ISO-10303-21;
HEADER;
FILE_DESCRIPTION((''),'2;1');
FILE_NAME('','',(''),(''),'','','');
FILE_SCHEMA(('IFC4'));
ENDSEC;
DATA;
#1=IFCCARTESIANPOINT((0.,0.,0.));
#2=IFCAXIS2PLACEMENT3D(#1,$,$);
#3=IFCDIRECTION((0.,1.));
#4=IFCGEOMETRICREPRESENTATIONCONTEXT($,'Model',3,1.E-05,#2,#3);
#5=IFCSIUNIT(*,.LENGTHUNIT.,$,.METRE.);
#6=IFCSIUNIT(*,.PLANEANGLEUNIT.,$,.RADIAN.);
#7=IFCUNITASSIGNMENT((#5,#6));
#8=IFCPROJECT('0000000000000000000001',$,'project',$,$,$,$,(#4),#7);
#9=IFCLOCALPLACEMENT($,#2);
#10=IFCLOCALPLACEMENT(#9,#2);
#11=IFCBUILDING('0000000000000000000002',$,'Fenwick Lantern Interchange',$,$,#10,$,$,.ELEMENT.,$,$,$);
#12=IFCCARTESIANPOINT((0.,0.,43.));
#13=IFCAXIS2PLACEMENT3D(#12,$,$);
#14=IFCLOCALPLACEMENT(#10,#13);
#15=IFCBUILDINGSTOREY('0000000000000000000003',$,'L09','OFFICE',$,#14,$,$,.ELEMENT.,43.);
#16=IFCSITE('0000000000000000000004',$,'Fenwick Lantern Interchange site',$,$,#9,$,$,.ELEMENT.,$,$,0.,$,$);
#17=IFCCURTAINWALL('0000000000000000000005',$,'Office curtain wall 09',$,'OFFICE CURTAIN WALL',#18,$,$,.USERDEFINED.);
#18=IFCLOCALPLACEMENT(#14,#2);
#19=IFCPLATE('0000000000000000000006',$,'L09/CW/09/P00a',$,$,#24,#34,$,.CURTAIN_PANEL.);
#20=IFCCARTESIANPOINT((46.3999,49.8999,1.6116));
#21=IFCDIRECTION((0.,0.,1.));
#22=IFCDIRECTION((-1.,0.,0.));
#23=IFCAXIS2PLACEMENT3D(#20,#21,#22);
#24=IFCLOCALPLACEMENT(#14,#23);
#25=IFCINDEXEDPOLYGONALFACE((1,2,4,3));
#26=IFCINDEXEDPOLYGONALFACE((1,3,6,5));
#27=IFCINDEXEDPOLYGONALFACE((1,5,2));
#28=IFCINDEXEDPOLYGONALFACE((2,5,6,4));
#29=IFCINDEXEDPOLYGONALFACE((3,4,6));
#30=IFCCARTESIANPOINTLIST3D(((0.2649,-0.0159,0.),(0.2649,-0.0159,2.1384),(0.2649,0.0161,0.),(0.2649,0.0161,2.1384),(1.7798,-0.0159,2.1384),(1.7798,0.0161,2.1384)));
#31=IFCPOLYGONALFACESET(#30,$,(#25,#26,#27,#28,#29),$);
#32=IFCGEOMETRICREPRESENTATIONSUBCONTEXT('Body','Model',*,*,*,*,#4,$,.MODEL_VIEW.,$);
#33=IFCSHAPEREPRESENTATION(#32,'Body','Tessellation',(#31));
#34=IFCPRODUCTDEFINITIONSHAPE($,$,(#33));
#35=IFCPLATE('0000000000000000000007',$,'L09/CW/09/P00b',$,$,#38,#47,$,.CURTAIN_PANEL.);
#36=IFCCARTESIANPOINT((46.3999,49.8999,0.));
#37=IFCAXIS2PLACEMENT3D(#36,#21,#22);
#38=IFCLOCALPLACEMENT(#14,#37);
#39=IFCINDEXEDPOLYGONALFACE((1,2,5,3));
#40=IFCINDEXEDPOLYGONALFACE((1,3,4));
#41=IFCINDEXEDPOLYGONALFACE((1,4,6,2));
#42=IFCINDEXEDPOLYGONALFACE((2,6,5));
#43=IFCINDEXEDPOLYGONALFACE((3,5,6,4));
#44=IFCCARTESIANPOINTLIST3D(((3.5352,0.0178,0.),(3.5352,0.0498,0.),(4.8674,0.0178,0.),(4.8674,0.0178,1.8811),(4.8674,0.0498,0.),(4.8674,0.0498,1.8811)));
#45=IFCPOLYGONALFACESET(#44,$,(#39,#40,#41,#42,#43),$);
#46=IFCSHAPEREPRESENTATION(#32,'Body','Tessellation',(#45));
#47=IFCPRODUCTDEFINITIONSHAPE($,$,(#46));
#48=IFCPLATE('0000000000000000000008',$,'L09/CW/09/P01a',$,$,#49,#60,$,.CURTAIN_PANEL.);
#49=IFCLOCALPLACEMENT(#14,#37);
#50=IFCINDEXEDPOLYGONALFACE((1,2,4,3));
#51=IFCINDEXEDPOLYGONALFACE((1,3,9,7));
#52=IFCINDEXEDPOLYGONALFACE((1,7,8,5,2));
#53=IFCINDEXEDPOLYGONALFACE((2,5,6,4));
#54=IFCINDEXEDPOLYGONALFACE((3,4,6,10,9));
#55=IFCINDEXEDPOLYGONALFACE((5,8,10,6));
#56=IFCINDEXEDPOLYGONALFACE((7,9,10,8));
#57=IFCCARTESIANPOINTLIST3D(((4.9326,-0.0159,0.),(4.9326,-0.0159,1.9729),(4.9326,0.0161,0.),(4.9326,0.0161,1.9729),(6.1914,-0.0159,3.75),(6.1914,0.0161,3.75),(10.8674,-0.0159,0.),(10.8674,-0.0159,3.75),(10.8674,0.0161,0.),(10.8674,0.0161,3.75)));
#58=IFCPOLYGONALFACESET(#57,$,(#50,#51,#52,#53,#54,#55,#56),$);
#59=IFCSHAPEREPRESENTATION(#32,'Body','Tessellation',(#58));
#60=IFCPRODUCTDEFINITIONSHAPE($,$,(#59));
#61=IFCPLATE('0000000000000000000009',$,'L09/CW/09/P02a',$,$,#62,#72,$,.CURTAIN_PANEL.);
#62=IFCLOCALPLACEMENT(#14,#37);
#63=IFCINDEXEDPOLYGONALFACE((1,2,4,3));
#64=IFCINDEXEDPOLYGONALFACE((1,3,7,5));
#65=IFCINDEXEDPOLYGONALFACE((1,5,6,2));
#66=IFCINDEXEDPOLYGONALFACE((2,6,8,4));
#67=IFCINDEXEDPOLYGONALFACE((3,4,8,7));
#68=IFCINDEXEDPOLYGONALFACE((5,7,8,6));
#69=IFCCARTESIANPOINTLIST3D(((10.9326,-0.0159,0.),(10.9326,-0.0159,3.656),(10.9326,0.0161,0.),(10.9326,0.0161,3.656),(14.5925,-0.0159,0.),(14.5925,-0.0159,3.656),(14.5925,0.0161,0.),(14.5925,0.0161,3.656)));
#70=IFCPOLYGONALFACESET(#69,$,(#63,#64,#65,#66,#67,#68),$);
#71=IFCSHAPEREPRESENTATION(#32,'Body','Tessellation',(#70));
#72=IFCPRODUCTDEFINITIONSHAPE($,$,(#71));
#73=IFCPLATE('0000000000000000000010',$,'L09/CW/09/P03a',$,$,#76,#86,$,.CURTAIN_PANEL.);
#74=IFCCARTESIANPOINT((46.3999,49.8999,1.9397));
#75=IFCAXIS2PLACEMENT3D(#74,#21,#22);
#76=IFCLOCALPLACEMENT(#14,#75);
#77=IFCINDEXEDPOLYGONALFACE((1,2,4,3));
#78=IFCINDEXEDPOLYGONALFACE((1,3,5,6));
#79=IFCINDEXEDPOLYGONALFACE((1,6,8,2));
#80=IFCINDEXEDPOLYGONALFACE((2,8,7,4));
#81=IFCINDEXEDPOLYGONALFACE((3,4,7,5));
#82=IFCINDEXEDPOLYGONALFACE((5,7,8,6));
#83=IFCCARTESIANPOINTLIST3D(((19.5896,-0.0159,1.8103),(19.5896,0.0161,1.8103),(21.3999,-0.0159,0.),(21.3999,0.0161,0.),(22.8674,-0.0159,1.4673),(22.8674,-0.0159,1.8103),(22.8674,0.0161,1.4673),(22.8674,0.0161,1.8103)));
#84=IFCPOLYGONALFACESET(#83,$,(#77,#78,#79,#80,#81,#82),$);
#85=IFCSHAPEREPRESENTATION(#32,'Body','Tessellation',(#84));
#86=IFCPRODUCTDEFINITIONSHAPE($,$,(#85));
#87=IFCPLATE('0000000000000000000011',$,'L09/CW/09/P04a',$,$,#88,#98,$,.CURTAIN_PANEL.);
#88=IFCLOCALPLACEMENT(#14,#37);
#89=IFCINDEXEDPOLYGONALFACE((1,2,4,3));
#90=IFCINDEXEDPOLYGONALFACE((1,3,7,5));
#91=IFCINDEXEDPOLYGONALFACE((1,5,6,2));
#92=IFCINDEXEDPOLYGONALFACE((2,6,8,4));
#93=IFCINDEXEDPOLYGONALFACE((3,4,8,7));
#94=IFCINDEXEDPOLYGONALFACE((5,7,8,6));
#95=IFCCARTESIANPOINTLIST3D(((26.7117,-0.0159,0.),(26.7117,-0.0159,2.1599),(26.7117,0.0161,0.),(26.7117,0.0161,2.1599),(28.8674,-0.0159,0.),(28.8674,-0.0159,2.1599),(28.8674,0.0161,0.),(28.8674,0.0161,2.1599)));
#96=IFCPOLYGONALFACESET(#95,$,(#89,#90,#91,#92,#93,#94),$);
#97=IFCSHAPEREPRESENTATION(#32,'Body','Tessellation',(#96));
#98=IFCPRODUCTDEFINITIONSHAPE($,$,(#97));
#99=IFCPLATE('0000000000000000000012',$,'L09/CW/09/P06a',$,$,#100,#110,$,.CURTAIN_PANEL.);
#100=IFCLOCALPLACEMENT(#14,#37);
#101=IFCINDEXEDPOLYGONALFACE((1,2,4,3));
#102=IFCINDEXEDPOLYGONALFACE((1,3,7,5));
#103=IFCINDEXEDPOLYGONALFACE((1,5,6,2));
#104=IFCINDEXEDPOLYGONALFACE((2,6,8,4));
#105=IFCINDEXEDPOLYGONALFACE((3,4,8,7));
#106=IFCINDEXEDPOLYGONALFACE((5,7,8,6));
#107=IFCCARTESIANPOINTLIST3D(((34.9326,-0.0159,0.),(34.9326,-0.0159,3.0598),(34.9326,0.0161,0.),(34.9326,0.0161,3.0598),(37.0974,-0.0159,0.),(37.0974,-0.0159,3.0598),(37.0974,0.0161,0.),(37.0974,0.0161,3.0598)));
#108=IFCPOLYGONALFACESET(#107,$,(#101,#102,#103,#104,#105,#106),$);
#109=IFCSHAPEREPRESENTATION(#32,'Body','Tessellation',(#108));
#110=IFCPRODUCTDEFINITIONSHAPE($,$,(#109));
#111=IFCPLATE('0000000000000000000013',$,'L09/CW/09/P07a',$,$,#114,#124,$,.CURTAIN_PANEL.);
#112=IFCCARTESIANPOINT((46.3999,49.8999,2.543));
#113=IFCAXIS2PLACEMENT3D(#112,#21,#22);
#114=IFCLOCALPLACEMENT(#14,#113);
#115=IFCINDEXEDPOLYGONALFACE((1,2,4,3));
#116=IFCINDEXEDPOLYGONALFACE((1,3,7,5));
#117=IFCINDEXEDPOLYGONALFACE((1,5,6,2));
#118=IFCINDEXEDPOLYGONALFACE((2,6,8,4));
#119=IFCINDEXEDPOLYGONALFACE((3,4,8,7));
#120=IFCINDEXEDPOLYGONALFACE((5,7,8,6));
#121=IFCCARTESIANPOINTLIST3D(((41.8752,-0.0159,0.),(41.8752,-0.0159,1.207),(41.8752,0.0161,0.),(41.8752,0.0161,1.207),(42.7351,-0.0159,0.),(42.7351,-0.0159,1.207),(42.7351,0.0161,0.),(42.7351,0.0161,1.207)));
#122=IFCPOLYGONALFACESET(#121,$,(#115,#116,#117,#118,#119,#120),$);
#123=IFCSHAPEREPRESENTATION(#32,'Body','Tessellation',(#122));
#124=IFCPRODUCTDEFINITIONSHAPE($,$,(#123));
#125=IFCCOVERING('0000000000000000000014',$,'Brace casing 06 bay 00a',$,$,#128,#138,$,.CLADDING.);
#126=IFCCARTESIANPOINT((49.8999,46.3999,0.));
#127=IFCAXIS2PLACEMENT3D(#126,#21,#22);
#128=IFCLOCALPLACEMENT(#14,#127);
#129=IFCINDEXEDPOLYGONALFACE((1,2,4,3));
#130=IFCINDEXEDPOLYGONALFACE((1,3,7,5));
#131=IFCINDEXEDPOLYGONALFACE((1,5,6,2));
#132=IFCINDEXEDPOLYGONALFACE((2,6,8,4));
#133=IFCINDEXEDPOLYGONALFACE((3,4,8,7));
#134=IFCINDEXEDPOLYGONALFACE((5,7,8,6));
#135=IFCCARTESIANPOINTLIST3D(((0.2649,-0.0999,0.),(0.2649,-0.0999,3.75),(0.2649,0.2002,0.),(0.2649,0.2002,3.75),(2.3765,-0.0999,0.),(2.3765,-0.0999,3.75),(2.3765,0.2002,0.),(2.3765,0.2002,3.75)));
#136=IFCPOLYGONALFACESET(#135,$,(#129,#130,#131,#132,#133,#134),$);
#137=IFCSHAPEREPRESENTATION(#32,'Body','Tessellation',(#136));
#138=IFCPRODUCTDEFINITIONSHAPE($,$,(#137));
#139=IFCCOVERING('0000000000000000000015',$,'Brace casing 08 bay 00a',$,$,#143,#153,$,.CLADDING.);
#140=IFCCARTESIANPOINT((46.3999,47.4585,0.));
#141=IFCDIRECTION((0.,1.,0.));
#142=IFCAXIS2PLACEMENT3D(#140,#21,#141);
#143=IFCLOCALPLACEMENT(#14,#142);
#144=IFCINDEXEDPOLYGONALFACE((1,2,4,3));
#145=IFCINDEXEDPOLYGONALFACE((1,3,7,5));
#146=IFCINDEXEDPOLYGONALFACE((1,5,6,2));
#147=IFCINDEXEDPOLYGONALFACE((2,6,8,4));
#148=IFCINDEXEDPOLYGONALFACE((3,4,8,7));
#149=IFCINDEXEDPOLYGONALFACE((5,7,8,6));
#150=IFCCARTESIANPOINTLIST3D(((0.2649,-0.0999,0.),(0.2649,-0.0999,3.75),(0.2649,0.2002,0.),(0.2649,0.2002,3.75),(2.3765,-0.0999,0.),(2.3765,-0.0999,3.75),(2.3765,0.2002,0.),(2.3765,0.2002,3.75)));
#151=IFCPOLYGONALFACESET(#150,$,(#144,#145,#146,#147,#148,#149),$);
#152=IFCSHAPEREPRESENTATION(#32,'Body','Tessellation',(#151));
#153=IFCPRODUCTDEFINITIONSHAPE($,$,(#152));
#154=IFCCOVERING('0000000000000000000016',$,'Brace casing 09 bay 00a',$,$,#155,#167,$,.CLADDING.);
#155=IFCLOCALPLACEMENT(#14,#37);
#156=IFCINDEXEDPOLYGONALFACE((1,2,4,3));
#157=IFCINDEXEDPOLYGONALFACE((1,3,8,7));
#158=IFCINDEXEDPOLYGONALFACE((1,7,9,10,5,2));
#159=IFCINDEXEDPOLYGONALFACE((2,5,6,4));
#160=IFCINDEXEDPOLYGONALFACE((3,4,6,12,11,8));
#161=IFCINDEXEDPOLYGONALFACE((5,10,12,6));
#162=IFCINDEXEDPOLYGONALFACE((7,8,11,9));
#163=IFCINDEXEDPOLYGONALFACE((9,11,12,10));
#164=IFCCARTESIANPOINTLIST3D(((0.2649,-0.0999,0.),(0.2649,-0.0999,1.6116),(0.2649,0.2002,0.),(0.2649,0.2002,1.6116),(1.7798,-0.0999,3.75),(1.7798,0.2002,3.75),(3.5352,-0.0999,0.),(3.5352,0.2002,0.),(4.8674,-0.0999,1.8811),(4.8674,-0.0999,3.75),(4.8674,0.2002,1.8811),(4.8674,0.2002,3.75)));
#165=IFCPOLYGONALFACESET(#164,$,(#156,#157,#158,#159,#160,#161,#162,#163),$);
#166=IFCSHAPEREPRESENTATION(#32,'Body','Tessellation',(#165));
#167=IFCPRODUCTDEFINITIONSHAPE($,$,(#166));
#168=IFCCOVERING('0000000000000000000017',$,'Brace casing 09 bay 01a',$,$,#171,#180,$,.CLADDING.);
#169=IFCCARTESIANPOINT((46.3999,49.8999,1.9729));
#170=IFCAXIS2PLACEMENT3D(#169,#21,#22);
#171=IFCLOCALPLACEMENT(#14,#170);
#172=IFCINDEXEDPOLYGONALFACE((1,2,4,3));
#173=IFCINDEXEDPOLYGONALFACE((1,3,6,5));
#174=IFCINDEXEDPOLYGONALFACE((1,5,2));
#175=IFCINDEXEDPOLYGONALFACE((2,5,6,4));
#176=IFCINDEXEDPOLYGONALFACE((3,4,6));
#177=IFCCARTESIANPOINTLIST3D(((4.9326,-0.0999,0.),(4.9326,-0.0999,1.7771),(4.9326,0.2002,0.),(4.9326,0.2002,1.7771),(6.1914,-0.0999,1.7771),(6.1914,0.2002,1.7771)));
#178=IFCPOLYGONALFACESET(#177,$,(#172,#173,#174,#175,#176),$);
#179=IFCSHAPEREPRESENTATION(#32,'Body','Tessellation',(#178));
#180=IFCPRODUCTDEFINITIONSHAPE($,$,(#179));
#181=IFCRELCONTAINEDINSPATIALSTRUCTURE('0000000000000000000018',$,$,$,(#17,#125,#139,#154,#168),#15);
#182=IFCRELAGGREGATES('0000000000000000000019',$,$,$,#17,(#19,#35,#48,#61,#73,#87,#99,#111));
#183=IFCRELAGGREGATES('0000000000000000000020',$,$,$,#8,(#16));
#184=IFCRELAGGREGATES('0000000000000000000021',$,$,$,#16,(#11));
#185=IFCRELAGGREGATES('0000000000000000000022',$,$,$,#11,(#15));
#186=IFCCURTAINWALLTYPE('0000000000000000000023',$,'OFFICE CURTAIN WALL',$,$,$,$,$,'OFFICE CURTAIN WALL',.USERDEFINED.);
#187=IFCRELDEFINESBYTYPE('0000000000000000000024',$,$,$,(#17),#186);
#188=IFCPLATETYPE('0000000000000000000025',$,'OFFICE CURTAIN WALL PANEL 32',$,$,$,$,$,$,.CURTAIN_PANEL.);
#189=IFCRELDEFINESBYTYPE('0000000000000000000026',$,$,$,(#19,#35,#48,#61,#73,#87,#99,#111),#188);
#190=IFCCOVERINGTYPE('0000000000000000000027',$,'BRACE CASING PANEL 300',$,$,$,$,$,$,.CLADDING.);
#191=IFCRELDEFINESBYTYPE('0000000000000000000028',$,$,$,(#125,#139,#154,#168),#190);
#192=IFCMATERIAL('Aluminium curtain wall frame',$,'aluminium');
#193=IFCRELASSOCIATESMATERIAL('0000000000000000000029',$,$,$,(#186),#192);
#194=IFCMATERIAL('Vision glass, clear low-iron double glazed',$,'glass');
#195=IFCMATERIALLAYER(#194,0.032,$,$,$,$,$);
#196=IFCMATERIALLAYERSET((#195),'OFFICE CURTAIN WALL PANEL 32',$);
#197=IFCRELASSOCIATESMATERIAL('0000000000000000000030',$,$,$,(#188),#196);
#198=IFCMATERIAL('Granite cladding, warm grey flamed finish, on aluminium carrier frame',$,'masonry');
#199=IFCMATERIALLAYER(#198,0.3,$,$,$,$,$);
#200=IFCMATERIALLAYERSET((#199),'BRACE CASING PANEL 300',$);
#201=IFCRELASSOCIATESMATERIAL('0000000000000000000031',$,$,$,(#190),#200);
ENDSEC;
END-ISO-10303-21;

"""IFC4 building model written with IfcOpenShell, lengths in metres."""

from ifc_helpers import new_model, si_unit, direction, frame, origin, place, context, subcontext, project, spatial, polyline, outline, extrude, material, layer, layer_set, type_object, element, aggregate, save


model = new_model("IFC4")

# Units and contexts
model_context = context("Model", 3, precision=1e-05, world=origin(), true_north=direction((0.0, 1.0)))
body_context = subcontext(model_context, "Body", "Model", "MODEL_VIEW")
ifc_project = project(units=[si_unit("LENGTHUNIT", "METRE"), si_unit("PLANEANGLEUNIT", "RADIAN")], contexts=[model_context])

# Site, building, storey
site_placement = place(None, origin())
site = spatial("IfcSite", under=ifc_project, at=site_placement, Name="Fenwick Lantern Interchange site", CompositionType="ELEMENT", RefElevation=0.0)
building_placement = place(site_placement, origin())
building = spatial("IfcBuilding", under=site, at=building_placement, Name="Fenwick Lantern Interchange", CompositionType="ELEMENT")
storey_placement = place(building_placement, frame((0.0, 0.0, 43.0)))
storey = spatial("IfcBuildingStorey", under=building, at=storey_placement, Name="L09", Description="OFFICE", CompositionType="ELEMENT", Elevation=43.0)

# Shared definitions
ifc_material_1 = material(Name="Aluminium curtain wall frame", Category="aluminium")
curtain_wall_type = type_object("IfcCurtainWallType", Name="OFFICE CURTAIN WALL", ElementType="OFFICE CURTAIN WALL", PredefinedType="USERDEFINED", material=ifc_material_1)

# Curtain wall
curtain_wall_1_placement = place(storey_placement, origin())
curtain_wall_1 = element("IfcCurtainWall", 1, at=curtain_wall_1_placement, inside=storey, type_object=curtain_wall_type, Name="Office curtain wall 09", ObjectType="OFFICE CURTAIN WALL", PredefinedType="USERDEFINED")

# Plates
ifc_material_2 = material(Name="Vision glass, clear low-iron double glazed", Category="glass")
ifc_layer_1 = layer(ifc_material_2, 0.032)
ifc_layer_set_1 = layer_set([ifc_layer_1], Name="OFFICE CURTAIN WALL PANEL 32")
plate_type = type_object("IfcPlateType", Name="OFFICE CURTAIN WALL PANEL 32", PredefinedType="CURTAIN_PANEL", material=ifc_layer_set_1)
plate_1_placement = place(storey_placement, frame((46.3999, 49.8999, 1.6116), z_axis=(0.0, 0.0, 1.0), x_axis=(-1.0, 0.0, 0.0)))
plate_1 = element("IfcPlate", 2, at=plate_1_placement, type_object=plate_type, Name="L09/CW/09/P00a", PredefinedType="CURTAIN_PANEL", context=body_context, shape_type="SweptSolid", body=[
    extrude(outline(polyline([(0.2649, 0.0), (1.7798, 2.1384), (0.2649, 2.1384), (0.2649, 0.0)])), frame((0.0, 0.0161, 0.0), z_axis=(0.0, -1.0, 0.0), x_axis=(1.0, 0.0, 0.0)), (0.0, 0.0, 1.0), 0.032),
])
plate_2_placement = place(storey_placement, frame((46.3999, 49.8999, 0.0), z_axis=(0.0, 0.0, 1.0), x_axis=(-1.0, 0.0, 0.0)))
plate_2 = element("IfcPlate", 3, at=plate_2_placement, type_object=plate_type, Name="L09/CW/09/P00b", PredefinedType="CURTAIN_PANEL", context=body_context, shape_type="SweptSolid", body=[
    extrude(outline(polyline([(3.5352, 0.0), (4.8674, 0.0), (4.8674, 1.8811), (3.5352, 0.0)])), frame((0.0, 0.0498, 0.0), z_axis=(0.0, -1.0, 0.0), x_axis=(1.0, 0.0, 0.0)), (0.0, 0.0, 1.0), 0.032),
])
plate_3_placement = place(storey_placement, frame((46.3999, 49.8999, 0.0), z_axis=(0.0, 0.0, 1.0), x_axis=(-1.0, 0.0, 0.0)))
plate_3 = element("IfcPlate", 4, at=plate_3_placement, type_object=plate_type, Name="L09/CW/09/P01a", PredefinedType="CURTAIN_PANEL", context=body_context, shape_type="SweptSolid", body=[
    extrude(outline(polyline([(4.9326, 0.0), (10.8674, 0.0), (10.8674, 3.75), (6.1914, 3.75), (4.9326, 1.9729), (4.9326, 0.0)])), frame((0.0, 0.0161, 0.0), z_axis=(0.0, -1.0, 0.0), x_axis=(1.0, 0.0, 0.0)), (0.0, 0.0, 1.0), 0.032),
])
plate_4_placement = place(storey_placement, frame((46.3999, 49.8999, 0.0), z_axis=(0.0, 0.0, 1.0), x_axis=(-1.0, 0.0, 0.0)))
plate_4 = element("IfcPlate", 5, at=plate_4_placement, type_object=plate_type, Name="L09/CW/09/P02a", PredefinedType="CURTAIN_PANEL", context=body_context, shape_type="SweptSolid", body=[
    extrude(outline(polyline([(10.9326, 0.0), (14.5925, 0.0), (14.5925, 3.656), (10.9326, 3.656), (10.9326, 0.0)])), frame((0.0, 0.0161, 0.0), z_axis=(0.0, -1.0, 0.0), x_axis=(1.0, 0.0, 0.0)), (0.0, 0.0, 1.0), 0.032),
])
plate_5_placement = place(storey_placement, frame((46.3999, 49.8999, 1.9397), z_axis=(0.0, 0.0, 1.0), x_axis=(-1.0, 0.0, 0.0)))
plate_5 = element("IfcPlate", 6, at=plate_5_placement, type_object=plate_type, Name="L09/CW/09/P03a", PredefinedType="CURTAIN_PANEL", context=body_context, shape_type="SweptSolid", body=[
    extrude(outline(polyline([(21.3999, 0.0), (22.8674, 1.4673), (22.8674, 1.8103), (19.5896, 1.8103), (21.3999, 0.0)])), frame((0.0, 0.0161, 0.0), z_axis=(0.0, -1.0, 0.0), x_axis=(1.0, 0.0, 0.0)), (0.0, 0.0, 1.0), 0.032),
])
plate_6_placement = place(storey_placement, frame((46.3999, 49.8999, 0.0), z_axis=(0.0, 0.0, 1.0), x_axis=(-1.0, 0.0, 0.0)))
plate_6 = element("IfcPlate", 7, at=plate_6_placement, type_object=plate_type, Name="L09/CW/09/P04a", PredefinedType="CURTAIN_PANEL", context=body_context, shape_type="SweptSolid", body=[
    extrude(outline(polyline([(26.7117, 0.0), (28.8674, 0.0), (28.8674, 2.1599), (26.7117, 2.1599), (26.7117, 0.0)])), frame((0.0, 0.0161, 0.0), z_axis=(0.0, -1.0, 0.0), x_axis=(1.0, 0.0, 0.0)), (0.0, 0.0, 1.0), 0.032),
])
plate_7_placement = place(storey_placement, frame((46.3999, 49.8999, 0.0), z_axis=(0.0, 0.0, 1.0), x_axis=(-1.0, 0.0, 0.0)))
plate_7 = element("IfcPlate", 8, at=plate_7_placement, type_object=plate_type, Name="L09/CW/09/P06a", PredefinedType="CURTAIN_PANEL", context=body_context, shape_type="SweptSolid", body=[
    extrude(outline(polyline([(34.9326, 0.0), (37.0974, 0.0), (37.0974, 3.0598), (34.9326, 3.0598), (34.9326, 0.0)])), frame((0.0, 0.0161, 0.0), z_axis=(0.0, -1.0, 0.0), x_axis=(1.0, 0.0, 0.0)), (0.0, 0.0, 1.0), 0.032),
])
plate_8_placement = place(storey_placement, frame((46.3999, 49.8999, 2.543), z_axis=(0.0, 0.0, 1.0), x_axis=(-1.0, 0.0, 0.0)))
plate_8 = element("IfcPlate", 9, at=plate_8_placement, type_object=plate_type, Name="L09/CW/09/P07a", PredefinedType="CURTAIN_PANEL", context=body_context, shape_type="SweptSolid", body=[
    extrude(outline(polyline([(41.8752, 0.0), (42.7351, 0.0), (42.7351, 1.207), (41.8752, 1.207), (41.8752, 0.0)])), frame((0.0, 0.0161, 0.0), z_axis=(0.0, -1.0, 0.0), x_axis=(1.0, 0.0, 0.0)), (0.0, 0.0, 1.0), 0.032),
])
aggregate(curtain_wall_1, [plate_1, plate_2, plate_3, plate_4, plate_5, plate_6, plate_7, plate_8])

# Coverings
ifc_material_3 = material(Name="Granite cladding, warm grey flamed finish, on aluminium carrier frame", Category="masonry")
ifc_layer_2 = layer(ifc_material_3, 0.3)
ifc_layer_set_2 = layer_set([ifc_layer_2], Name="BRACE CASING PANEL 300")
covering_type = type_object("IfcCoveringType", Name="BRACE CASING PANEL 300", PredefinedType="CLADDING", material=ifc_layer_set_2)
for number, where, z_axis, x_axis, name in (
    (10, (49.8999, 46.3999, 0.0), (0.0, 0.0, 1.0), (-1.0, 0.0, 0.0), "Brace casing 06 bay 00a"),
    (11, (46.3999, 47.4585, 0.0), (0.0, 0.0, 1.0), (0.0, 1.0, 0.0), "Brace casing 08 bay 00a"),
):
    element("IfcCovering", number, at=place(storey_placement, frame(where, z_axis=z_axis, x_axis=x_axis)), inside=storey, type_object=covering_type, Name=name, PredefinedType="CLADDING", context=body_context, shape_type="SweptSolid", body=[
        extrude(outline(polyline([(0.2649, 0.0), (2.3765, 0.0), (2.3765, 3.75), (0.2649, 3.75), (0.2649, 0.0)])), frame((0.0, 0.2002, 0.0), z_axis=(0.0, -1.0, 0.0), x_axis=(1.0, 0.0, 0.0)), (0.0, 0.0, 1.0), 0.3),
    ])
covering_1_placement = place(storey_placement, frame((46.3999, 49.8999, 0.0), z_axis=(0.0, 0.0, 1.0), x_axis=(-1.0, 0.0, 0.0)))
element("IfcCovering", 12, at=covering_1_placement, inside=storey, type_object=covering_type, Name="Brace casing 09 bay 00a", PredefinedType="CLADDING", context=body_context, shape_type="SweptSolid", body=[
    extrude(outline(polyline([(0.2649, 0.0), (3.5352, 0.0), (4.8674, 1.8811), (4.8674, 3.75), (1.7798, 3.75), (0.2649, 1.6116), (0.2649, 0.0)])), frame((0.0, 0.2002, 0.0), z_axis=(0.0, -1.0, 0.0), x_axis=(1.0, 0.0, 0.0)), (0.0, 0.0, 1.0), 0.3),
])
covering_2_placement = place(storey_placement, frame((46.3999, 49.8999, 1.9729), z_axis=(0.0, 0.0, 1.0), x_axis=(-1.0, 0.0, 0.0)))
element("IfcCovering", 13, at=covering_2_placement, inside=storey, type_object=covering_type, Name="Brace casing 09 bay 01a", PredefinedType="CLADDING", context=body_context, shape_type="SweptSolid", body=[
    extrude(outline(polyline([(4.9326, 0.0), (6.1914, 1.7771), (4.9326, 1.7771), (4.9326, 0.0)])), frame((0.0, 0.2002, 0.0), z_axis=(0.0, -1.0, 0.0), x_axis=(1.0, 0.0, 0.0)), (0.0, 0.0, 1.0), 0.3),
])

save(model, "model.ifc")
